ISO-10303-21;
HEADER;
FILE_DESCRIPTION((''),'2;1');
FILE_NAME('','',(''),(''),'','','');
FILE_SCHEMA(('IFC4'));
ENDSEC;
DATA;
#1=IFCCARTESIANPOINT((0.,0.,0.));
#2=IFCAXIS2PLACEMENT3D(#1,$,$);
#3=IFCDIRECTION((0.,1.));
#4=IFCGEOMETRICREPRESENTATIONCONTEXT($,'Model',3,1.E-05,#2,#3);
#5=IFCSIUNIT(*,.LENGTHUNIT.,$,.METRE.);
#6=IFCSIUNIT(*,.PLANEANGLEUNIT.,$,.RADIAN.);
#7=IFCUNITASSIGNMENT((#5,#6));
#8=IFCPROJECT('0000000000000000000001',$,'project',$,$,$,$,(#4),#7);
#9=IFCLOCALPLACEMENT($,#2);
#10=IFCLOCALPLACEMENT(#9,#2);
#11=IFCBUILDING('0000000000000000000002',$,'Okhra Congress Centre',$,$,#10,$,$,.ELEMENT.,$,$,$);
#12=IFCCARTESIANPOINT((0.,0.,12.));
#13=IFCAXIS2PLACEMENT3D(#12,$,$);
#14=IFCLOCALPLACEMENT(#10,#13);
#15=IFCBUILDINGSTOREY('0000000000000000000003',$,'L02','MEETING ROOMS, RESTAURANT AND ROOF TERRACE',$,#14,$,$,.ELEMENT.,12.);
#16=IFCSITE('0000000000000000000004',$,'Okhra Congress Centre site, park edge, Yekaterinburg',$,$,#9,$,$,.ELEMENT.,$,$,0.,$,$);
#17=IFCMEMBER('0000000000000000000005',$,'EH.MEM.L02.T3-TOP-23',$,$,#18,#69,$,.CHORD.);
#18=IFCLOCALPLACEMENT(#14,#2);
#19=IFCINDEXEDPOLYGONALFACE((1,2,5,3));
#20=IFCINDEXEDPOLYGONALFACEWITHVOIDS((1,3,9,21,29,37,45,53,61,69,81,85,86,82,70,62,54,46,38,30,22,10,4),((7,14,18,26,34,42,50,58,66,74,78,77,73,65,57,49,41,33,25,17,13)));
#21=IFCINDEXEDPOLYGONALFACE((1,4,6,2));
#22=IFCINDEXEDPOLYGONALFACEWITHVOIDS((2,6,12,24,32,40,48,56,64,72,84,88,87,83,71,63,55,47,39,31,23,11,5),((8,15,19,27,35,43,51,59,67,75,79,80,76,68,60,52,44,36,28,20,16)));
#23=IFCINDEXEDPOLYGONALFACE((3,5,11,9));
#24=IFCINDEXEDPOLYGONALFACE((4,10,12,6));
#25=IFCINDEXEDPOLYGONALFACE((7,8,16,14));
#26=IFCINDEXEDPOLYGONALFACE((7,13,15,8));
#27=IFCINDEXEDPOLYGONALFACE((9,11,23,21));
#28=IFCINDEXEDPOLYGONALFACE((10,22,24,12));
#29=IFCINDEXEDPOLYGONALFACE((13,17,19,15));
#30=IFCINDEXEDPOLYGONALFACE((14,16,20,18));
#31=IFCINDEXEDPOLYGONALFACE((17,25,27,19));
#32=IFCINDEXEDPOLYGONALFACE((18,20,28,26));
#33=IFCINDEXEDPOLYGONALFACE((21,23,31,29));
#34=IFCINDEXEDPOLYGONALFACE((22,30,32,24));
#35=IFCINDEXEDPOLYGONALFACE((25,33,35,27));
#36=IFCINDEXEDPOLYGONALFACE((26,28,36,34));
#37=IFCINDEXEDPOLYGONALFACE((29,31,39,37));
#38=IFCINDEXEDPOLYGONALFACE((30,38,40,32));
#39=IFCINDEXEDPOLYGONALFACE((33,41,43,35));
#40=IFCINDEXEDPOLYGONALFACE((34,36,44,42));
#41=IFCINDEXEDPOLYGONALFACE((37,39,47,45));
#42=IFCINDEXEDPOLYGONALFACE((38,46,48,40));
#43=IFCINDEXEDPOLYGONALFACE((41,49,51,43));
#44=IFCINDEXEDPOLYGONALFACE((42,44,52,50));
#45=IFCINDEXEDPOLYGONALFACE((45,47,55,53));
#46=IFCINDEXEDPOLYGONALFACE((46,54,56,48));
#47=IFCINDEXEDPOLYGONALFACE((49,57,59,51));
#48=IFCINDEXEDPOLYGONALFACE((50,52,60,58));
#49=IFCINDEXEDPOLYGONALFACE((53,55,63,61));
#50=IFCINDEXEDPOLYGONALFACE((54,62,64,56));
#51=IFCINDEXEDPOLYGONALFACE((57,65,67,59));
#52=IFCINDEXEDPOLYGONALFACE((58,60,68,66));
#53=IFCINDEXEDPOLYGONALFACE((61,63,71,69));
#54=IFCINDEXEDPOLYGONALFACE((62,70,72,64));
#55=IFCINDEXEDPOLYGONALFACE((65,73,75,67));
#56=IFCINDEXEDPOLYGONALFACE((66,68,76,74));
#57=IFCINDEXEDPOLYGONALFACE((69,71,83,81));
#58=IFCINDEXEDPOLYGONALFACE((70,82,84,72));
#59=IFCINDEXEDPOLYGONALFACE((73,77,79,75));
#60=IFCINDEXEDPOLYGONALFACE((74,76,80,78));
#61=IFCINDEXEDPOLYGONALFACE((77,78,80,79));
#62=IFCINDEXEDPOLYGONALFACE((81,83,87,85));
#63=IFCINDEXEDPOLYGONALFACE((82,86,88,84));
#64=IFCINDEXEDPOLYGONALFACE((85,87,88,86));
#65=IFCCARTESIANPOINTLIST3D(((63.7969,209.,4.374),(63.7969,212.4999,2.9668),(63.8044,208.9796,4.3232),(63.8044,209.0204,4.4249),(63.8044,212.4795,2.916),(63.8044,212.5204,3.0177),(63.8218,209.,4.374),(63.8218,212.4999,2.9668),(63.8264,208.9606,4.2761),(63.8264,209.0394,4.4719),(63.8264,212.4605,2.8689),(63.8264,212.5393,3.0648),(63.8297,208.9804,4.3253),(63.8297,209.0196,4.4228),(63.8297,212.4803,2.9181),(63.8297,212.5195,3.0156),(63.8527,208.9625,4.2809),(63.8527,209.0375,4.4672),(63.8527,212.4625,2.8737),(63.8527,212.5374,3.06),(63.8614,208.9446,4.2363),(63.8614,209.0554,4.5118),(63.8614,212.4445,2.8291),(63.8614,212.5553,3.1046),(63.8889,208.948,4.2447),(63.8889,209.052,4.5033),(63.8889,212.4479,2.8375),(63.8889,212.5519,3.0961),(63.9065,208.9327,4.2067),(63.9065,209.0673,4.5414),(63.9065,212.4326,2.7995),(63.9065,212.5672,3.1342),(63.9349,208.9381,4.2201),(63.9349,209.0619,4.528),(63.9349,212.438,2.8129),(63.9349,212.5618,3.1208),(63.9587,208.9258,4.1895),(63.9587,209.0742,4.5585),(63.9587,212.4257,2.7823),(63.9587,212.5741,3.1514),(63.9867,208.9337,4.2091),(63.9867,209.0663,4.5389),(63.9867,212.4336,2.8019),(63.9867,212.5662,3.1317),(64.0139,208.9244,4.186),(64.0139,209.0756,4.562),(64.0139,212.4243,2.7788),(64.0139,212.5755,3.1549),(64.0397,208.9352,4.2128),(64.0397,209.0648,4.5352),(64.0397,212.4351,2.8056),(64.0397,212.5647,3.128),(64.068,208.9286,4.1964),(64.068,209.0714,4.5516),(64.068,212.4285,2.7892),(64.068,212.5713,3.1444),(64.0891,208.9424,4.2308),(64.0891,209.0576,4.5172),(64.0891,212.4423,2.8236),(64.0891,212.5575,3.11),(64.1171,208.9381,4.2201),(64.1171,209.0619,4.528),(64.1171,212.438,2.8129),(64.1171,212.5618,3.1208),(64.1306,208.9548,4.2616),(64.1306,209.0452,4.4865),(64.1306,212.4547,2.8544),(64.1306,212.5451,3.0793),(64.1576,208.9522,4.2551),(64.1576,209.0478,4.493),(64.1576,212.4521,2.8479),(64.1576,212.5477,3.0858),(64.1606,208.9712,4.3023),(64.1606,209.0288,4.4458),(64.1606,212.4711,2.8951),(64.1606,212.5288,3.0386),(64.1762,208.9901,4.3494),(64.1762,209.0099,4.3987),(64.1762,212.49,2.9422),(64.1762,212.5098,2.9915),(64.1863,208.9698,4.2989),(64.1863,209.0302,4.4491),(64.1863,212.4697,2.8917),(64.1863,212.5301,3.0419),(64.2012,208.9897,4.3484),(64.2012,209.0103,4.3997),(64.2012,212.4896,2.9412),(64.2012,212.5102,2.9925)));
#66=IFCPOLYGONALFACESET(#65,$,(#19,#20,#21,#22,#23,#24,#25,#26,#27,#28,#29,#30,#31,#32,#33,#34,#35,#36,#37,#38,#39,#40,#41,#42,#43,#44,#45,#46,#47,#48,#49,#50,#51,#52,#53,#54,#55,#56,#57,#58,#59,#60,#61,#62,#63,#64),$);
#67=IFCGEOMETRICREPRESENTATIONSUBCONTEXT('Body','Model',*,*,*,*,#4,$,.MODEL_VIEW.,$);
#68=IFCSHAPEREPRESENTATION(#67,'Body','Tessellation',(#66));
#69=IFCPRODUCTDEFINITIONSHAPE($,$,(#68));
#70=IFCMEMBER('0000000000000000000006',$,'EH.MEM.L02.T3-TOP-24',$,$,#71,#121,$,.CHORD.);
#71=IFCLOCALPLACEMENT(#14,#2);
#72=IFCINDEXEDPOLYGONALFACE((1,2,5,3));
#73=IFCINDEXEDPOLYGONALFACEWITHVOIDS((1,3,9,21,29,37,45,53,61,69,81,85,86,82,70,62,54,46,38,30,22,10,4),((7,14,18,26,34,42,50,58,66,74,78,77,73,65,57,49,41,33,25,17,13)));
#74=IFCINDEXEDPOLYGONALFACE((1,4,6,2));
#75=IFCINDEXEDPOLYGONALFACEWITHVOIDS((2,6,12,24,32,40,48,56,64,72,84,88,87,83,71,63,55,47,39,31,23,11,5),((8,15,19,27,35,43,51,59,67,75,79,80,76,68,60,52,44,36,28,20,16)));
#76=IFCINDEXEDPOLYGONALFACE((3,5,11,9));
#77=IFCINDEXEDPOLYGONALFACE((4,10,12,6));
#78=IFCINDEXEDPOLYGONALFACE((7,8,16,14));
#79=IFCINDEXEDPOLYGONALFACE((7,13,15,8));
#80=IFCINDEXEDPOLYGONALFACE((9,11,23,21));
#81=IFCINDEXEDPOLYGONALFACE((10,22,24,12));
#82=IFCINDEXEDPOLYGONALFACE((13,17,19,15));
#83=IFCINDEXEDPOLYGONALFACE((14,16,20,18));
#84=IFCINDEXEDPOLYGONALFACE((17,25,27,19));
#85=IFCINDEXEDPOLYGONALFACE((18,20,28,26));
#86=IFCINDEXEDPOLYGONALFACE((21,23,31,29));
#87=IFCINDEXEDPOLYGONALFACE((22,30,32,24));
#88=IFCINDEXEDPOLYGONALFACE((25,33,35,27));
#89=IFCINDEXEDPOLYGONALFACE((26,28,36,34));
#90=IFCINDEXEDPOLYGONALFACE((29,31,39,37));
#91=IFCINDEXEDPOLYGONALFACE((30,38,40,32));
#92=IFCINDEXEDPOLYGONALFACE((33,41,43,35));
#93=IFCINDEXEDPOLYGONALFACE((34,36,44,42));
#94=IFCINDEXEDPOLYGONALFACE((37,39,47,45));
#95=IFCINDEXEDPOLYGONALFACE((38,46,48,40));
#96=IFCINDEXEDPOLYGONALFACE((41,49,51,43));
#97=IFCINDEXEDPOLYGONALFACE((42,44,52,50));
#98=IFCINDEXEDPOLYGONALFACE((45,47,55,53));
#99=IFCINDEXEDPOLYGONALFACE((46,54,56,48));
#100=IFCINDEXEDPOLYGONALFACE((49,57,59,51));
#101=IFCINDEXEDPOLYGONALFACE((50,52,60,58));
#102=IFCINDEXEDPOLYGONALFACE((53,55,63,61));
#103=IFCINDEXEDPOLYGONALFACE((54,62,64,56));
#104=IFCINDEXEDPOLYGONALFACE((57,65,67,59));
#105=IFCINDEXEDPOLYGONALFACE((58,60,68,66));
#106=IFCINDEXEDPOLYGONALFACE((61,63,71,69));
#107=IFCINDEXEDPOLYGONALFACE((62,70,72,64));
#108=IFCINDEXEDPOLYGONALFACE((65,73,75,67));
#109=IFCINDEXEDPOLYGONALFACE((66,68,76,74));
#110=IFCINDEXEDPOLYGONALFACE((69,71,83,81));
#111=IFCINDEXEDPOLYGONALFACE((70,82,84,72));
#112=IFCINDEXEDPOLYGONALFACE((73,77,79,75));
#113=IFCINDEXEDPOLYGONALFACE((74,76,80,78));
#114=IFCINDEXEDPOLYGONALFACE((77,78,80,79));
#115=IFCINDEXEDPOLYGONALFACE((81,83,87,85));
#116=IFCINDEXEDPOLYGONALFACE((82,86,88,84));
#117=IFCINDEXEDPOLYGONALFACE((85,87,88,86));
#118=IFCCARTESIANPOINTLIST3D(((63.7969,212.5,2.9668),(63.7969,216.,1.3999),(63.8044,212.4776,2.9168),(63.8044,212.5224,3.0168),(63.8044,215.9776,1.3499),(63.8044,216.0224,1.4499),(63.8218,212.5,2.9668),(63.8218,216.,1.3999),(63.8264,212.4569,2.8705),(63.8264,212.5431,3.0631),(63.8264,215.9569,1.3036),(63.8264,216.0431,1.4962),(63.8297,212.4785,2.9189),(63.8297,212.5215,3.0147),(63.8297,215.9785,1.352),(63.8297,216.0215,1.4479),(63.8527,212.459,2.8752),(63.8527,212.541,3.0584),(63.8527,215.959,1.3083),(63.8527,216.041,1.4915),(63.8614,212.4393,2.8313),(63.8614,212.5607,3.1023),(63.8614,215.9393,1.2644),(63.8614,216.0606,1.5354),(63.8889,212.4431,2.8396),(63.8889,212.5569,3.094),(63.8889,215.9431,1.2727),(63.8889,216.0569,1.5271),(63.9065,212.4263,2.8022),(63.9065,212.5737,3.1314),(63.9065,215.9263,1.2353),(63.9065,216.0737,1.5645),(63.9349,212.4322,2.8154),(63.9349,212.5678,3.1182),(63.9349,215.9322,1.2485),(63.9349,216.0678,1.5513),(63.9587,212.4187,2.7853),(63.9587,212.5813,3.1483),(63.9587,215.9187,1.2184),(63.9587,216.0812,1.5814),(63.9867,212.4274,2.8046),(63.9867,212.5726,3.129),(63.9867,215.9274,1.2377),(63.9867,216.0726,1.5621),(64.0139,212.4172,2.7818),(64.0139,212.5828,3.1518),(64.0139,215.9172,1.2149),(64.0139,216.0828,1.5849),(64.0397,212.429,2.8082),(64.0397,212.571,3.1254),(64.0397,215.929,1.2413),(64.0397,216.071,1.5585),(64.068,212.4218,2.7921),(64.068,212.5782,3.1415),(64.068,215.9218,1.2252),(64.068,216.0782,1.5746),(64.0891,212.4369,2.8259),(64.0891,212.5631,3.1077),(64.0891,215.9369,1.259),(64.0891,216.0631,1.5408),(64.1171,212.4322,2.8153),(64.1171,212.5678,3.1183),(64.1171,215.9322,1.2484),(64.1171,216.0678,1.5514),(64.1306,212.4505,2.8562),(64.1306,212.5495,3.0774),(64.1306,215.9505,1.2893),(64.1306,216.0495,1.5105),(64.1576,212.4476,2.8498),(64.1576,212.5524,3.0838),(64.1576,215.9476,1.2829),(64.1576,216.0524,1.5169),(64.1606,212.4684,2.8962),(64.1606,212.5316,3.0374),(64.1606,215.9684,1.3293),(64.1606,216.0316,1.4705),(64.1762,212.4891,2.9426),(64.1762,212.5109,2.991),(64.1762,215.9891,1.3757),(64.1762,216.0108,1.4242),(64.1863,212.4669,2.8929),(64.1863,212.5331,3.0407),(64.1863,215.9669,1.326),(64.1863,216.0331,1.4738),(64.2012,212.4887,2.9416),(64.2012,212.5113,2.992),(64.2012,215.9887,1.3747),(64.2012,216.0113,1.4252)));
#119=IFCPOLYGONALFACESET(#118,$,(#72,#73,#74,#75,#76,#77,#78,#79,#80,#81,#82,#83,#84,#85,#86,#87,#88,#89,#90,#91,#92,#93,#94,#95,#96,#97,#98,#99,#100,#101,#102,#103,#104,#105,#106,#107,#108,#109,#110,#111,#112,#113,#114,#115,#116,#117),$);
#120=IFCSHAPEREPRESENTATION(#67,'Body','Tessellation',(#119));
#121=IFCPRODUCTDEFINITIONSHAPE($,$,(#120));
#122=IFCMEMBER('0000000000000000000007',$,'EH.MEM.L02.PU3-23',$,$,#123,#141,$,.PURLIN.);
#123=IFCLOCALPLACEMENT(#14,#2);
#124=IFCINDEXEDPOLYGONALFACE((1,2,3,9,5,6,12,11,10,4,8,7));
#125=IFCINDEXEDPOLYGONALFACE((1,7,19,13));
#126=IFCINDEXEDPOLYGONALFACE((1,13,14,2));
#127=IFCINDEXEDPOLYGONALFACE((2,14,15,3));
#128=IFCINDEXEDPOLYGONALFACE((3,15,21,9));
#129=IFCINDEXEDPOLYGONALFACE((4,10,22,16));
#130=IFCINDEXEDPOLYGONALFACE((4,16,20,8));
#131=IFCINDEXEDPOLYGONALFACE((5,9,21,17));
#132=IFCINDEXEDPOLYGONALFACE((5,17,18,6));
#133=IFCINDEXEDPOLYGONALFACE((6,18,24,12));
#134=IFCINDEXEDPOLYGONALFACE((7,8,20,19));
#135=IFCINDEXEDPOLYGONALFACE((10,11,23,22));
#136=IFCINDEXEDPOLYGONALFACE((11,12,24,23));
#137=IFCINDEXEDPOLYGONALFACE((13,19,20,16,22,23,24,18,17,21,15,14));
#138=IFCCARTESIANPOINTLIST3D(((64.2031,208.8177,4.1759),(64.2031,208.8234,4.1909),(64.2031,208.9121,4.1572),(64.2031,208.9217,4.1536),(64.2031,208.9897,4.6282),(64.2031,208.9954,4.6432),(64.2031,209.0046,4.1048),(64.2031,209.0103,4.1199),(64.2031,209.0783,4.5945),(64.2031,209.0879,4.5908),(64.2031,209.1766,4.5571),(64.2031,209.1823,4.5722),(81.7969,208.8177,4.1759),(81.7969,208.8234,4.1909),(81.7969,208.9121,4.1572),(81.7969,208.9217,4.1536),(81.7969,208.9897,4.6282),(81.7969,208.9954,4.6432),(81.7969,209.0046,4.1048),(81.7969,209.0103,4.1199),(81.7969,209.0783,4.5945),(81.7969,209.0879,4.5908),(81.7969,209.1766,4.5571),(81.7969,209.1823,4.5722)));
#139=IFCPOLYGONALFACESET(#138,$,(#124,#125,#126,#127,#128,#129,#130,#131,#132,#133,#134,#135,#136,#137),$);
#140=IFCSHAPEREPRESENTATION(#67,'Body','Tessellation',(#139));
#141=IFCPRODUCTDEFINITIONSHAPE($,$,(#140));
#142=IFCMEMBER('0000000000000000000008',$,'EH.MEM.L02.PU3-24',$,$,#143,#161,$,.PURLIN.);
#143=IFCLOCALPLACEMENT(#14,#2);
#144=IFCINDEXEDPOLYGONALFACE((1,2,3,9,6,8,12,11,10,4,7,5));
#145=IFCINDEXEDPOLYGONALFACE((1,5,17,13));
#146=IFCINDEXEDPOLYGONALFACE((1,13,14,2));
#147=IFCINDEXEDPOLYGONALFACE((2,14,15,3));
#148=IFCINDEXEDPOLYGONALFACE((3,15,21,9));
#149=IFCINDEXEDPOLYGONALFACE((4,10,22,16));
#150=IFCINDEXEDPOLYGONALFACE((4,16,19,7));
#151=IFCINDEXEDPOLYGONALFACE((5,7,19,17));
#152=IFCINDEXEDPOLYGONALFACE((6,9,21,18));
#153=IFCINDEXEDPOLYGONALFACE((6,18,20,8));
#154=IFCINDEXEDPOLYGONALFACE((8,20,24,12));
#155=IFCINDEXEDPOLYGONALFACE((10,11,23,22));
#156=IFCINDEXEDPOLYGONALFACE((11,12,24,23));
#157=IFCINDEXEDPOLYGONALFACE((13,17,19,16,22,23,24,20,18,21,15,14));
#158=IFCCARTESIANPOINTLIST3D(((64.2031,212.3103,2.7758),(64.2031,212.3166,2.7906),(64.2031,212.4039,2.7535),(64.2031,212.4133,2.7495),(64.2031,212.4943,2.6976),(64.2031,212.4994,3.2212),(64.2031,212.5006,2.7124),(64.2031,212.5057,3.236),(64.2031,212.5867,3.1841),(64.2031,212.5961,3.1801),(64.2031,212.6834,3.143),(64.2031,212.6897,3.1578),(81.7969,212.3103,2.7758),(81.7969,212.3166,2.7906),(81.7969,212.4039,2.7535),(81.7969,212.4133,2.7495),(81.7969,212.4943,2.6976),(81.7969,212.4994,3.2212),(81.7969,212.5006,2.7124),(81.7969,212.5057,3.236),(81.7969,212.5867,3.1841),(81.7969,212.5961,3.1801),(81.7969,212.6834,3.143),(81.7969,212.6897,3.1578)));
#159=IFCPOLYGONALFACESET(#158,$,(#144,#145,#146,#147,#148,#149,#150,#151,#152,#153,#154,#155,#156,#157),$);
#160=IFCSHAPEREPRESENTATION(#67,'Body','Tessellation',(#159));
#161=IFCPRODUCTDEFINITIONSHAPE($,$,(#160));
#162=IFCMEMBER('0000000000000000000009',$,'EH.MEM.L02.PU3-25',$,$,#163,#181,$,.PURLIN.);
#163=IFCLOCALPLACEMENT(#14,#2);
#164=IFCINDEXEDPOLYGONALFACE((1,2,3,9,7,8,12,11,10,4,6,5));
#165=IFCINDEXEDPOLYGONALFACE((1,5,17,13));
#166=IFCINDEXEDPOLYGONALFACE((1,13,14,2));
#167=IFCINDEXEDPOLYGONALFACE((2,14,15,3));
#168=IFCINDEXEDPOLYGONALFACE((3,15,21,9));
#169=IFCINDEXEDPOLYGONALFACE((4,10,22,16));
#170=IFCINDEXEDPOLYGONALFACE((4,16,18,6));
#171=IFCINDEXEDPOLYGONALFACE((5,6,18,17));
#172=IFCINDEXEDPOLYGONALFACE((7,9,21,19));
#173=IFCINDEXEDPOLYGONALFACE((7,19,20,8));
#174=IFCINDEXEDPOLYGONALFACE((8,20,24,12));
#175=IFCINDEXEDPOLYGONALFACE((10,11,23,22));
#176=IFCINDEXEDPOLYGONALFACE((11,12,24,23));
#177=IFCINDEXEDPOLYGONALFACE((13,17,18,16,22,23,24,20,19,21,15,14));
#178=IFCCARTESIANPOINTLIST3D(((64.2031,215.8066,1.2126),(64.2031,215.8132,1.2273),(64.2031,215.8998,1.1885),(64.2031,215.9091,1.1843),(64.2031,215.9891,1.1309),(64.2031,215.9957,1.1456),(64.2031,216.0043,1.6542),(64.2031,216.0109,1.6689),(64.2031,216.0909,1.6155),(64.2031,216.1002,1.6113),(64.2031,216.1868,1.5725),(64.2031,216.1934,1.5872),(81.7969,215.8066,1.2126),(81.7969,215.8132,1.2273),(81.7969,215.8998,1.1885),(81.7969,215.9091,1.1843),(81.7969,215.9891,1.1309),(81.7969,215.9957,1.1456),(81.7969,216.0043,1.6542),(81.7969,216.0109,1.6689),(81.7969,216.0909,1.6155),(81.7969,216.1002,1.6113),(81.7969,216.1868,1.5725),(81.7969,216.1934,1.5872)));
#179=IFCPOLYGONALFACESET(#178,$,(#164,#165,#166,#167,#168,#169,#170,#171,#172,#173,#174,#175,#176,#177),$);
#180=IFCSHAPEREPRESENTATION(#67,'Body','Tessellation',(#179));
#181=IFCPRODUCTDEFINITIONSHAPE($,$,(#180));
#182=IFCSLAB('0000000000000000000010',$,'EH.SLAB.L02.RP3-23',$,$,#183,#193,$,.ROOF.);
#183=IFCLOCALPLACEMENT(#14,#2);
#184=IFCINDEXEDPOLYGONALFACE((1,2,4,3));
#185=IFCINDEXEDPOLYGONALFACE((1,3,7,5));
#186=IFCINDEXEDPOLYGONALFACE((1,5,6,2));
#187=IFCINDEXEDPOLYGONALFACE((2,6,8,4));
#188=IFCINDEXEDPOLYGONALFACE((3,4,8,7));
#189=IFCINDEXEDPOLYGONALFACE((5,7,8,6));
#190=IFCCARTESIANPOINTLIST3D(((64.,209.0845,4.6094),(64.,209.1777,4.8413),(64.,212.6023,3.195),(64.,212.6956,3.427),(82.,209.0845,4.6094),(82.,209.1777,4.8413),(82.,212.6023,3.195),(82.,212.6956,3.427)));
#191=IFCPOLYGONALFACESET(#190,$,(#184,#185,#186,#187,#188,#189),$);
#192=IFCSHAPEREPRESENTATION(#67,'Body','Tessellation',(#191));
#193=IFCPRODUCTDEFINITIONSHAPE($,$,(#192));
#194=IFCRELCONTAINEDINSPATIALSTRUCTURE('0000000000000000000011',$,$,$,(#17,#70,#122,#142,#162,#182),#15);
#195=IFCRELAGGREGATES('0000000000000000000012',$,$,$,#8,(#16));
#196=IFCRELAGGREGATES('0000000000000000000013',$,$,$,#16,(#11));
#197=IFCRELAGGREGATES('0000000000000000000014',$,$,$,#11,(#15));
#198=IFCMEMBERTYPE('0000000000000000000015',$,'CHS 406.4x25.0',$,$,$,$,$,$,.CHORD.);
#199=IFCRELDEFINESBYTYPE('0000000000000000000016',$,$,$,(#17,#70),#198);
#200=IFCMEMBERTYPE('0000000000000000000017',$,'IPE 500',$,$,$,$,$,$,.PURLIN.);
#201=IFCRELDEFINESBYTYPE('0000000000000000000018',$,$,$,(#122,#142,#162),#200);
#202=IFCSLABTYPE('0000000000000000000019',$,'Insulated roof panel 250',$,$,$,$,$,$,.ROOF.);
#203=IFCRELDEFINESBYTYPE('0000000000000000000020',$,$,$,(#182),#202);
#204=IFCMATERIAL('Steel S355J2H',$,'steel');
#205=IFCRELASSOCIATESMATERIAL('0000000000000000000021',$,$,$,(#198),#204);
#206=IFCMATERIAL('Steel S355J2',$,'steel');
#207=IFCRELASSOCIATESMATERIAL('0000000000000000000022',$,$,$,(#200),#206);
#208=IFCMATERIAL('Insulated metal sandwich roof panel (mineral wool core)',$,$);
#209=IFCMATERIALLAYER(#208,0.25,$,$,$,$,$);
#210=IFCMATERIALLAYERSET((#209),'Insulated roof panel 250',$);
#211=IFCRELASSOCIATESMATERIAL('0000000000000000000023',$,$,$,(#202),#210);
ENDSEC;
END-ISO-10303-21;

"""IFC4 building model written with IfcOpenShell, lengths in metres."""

from ifc_helpers import new_model, si_unit, direction, frame, origin, origin_2d, place, context, subcontext, project, spatial, polyline, hollow_circle, i_section, outline, extrude, material, layer, layer_set, material_profile, profile_set, type_object, element, save


model = new_model("IFC4")

# Units and contexts
model_context = context("Model", 3, precision=1e-05, world=origin(), true_north=direction((0.0, 1.0)))
body_context = subcontext(model_context, "Body", "Model", "MODEL_VIEW")
ifc_project = project(units=[si_unit("LENGTHUNIT", "METRE"), si_unit("PLANEANGLEUNIT", "RADIAN")], contexts=[model_context])

# Site, building, storey
site_placement = place(None, origin())
site = spatial("IfcSite", under=ifc_project, at=site_placement, Name="Okhra Congress Centre site, park edge, Yekaterinburg", CompositionType="ELEMENT", RefElevation=0.0)
building_placement = place(site_placement, origin())
building = spatial("IfcBuilding", under=site, at=building_placement, Name="Okhra Congress Centre", CompositionType="ELEMENT")
storey_placement = place(building_placement, frame((0.0, 0.0, 12.0)))
storey = spatial("IfcBuildingStorey", under=building, at=storey_placement, Name="L02", Description="MEETING ROOMS, RESTAURANT AND ROOF TERRACE", CompositionType="ELEMENT", Elevation=12.0)

# Members
ifc_material_1 = material(Name="Steel S355J2H", Category="steel")
ifc_material_profile_1 = material_profile(ifc_material_1, hollow_circle(Radius=0.2031, WallThickness=0.0249, at=origin_2d()), Name="CHS 406.4x25.0")
ifc_profile_set_1 = profile_set([ifc_material_profile_1], Name="Steel S355J2H")
member_type_1 = type_object("IfcMemberType", Name="CHS 406.4x25.0", PredefinedType="CHORD", material=ifc_profile_set_1)
member_1_placement = place(storey_placement, frame((64.0, 209.0, 4.374), z_axis=(0.0, 0.927815, -0.373042), x_axis=(-1.0, 0.0, 0.0)))
element("IfcMember", 1, at=member_1_placement, inside=storey, type_object=member_type_1, Name="EH.MEM.L02.T3-TOP-23", PredefinedType="CHORD", context=body_context, shape_type="SweptSolid", body=[
    extrude(hollow_circle(Radius=0.2031, WallThickness=0.0249, at=origin_2d()), origin(), (0.0, 0.0, 1.0), 3.7722),
])
member_2_placement = place(storey_placement, frame((64.0, 212.5, 2.9668), z_axis=(0.0, 0.912711, -0.408606), x_axis=(-1.0, 0.0, 0.0)))
element("IfcMember", 2, at=member_2_placement, inside=storey, type_object=member_type_1, Name="EH.MEM.L02.T3-TOP-24", PredefinedType="CHORD", context=body_context, shape_type="SweptSolid", body=[
    extrude(hollow_circle(Radius=0.2031, WallThickness=0.0249, at=origin_2d()), origin(), (0.0, 0.0, 1.0), 3.8347),
])
ifc_material_2 = material(Name="Steel S355J2", Category="steel")
ifc_material_profile_2 = material_profile(ifc_material_2, i_section(OverallWidth=0.2, OverallDepth=0.5, WebThickness=0.0103, FlangeThickness=0.0161, at=origin_2d()), Name="IPE 500")
ifc_profile_set_2 = profile_set([ifc_material_profile_2], Name="Steel S355J2")
member_type_2 = type_object("IfcMemberType", Name="IPE 500", PredefinedType="PURLIN", material=ifc_profile_set_2)
for number, where, z_axis, x_axis, name in (
    (3, (64.2031, 209.0, 4.374), (1.0, 0.0, 0.0), (0.0, 0.934733, -0.355351), "EH.MEM.L02.PU3-23"),
    (4, (64.2031, 212.5, 2.9668), (1.0, 0.0, 0.0), (0.0, 0.920437, -0.39089), "EH.MEM.L02.PU3-24"),
    (5, (64.2031, 216.0, 1.3999), (1.0, 0.0, 0.0), (0.0, 0.912721, -0.408583), "EH.MEM.L02.PU3-25"),
):
    element("IfcMember", number, at=place(storey_placement, frame(where, z_axis=z_axis, x_axis=x_axis)), inside=storey, type_object=member_type_2, Name=name, PredefinedType="PURLIN", context=body_context, shape_type="SweptSolid", body=[
        extrude(i_section(OverallWidth=0.2, OverallDepth=0.5, WebThickness=0.0103, FlangeThickness=0.0161, at=origin_2d()), origin(), (0.0, 0.0, 1.0), 17.5938),
    ])

# Slab
ifc_material_3 = material(Name="Insulated metal sandwich roof panel (mineral wool core)")
ifc_layer_1 = layer(ifc_material_3, 0.25)
ifc_layer_set_1 = layer_set([ifc_layer_1], Name="Insulated roof panel 250")
slab_type = type_object("IfcSlabType", Name="Insulated roof panel 250", PredefinedType="ROOF", material=ifc_layer_set_1)
slab_1_placement = place(storey_placement, frame((64.0, 209.1777, 4.8413), z_axis=(0.0, 0.373022, 0.927822), x_axis=(1.0, 0.0, 0.0)))
element("IfcSlab", 6, at=slab_1_placement, inside=storey, type_object=slab_type, Name="EH.SLAB.L02.RP3-23", PredefinedType="ROOF", context=body_context, shape_type="SweptSolid", body=[
    extrude(outline(polyline([(0.0, 0.0), (18.0, 0.0), (18.0, 3.7915), (0.0, 3.7915), (0.0, 0.0)])), origin(), (0.0, 0.0, -1.0), 0.25),
])

save(model, "model.ifc")
